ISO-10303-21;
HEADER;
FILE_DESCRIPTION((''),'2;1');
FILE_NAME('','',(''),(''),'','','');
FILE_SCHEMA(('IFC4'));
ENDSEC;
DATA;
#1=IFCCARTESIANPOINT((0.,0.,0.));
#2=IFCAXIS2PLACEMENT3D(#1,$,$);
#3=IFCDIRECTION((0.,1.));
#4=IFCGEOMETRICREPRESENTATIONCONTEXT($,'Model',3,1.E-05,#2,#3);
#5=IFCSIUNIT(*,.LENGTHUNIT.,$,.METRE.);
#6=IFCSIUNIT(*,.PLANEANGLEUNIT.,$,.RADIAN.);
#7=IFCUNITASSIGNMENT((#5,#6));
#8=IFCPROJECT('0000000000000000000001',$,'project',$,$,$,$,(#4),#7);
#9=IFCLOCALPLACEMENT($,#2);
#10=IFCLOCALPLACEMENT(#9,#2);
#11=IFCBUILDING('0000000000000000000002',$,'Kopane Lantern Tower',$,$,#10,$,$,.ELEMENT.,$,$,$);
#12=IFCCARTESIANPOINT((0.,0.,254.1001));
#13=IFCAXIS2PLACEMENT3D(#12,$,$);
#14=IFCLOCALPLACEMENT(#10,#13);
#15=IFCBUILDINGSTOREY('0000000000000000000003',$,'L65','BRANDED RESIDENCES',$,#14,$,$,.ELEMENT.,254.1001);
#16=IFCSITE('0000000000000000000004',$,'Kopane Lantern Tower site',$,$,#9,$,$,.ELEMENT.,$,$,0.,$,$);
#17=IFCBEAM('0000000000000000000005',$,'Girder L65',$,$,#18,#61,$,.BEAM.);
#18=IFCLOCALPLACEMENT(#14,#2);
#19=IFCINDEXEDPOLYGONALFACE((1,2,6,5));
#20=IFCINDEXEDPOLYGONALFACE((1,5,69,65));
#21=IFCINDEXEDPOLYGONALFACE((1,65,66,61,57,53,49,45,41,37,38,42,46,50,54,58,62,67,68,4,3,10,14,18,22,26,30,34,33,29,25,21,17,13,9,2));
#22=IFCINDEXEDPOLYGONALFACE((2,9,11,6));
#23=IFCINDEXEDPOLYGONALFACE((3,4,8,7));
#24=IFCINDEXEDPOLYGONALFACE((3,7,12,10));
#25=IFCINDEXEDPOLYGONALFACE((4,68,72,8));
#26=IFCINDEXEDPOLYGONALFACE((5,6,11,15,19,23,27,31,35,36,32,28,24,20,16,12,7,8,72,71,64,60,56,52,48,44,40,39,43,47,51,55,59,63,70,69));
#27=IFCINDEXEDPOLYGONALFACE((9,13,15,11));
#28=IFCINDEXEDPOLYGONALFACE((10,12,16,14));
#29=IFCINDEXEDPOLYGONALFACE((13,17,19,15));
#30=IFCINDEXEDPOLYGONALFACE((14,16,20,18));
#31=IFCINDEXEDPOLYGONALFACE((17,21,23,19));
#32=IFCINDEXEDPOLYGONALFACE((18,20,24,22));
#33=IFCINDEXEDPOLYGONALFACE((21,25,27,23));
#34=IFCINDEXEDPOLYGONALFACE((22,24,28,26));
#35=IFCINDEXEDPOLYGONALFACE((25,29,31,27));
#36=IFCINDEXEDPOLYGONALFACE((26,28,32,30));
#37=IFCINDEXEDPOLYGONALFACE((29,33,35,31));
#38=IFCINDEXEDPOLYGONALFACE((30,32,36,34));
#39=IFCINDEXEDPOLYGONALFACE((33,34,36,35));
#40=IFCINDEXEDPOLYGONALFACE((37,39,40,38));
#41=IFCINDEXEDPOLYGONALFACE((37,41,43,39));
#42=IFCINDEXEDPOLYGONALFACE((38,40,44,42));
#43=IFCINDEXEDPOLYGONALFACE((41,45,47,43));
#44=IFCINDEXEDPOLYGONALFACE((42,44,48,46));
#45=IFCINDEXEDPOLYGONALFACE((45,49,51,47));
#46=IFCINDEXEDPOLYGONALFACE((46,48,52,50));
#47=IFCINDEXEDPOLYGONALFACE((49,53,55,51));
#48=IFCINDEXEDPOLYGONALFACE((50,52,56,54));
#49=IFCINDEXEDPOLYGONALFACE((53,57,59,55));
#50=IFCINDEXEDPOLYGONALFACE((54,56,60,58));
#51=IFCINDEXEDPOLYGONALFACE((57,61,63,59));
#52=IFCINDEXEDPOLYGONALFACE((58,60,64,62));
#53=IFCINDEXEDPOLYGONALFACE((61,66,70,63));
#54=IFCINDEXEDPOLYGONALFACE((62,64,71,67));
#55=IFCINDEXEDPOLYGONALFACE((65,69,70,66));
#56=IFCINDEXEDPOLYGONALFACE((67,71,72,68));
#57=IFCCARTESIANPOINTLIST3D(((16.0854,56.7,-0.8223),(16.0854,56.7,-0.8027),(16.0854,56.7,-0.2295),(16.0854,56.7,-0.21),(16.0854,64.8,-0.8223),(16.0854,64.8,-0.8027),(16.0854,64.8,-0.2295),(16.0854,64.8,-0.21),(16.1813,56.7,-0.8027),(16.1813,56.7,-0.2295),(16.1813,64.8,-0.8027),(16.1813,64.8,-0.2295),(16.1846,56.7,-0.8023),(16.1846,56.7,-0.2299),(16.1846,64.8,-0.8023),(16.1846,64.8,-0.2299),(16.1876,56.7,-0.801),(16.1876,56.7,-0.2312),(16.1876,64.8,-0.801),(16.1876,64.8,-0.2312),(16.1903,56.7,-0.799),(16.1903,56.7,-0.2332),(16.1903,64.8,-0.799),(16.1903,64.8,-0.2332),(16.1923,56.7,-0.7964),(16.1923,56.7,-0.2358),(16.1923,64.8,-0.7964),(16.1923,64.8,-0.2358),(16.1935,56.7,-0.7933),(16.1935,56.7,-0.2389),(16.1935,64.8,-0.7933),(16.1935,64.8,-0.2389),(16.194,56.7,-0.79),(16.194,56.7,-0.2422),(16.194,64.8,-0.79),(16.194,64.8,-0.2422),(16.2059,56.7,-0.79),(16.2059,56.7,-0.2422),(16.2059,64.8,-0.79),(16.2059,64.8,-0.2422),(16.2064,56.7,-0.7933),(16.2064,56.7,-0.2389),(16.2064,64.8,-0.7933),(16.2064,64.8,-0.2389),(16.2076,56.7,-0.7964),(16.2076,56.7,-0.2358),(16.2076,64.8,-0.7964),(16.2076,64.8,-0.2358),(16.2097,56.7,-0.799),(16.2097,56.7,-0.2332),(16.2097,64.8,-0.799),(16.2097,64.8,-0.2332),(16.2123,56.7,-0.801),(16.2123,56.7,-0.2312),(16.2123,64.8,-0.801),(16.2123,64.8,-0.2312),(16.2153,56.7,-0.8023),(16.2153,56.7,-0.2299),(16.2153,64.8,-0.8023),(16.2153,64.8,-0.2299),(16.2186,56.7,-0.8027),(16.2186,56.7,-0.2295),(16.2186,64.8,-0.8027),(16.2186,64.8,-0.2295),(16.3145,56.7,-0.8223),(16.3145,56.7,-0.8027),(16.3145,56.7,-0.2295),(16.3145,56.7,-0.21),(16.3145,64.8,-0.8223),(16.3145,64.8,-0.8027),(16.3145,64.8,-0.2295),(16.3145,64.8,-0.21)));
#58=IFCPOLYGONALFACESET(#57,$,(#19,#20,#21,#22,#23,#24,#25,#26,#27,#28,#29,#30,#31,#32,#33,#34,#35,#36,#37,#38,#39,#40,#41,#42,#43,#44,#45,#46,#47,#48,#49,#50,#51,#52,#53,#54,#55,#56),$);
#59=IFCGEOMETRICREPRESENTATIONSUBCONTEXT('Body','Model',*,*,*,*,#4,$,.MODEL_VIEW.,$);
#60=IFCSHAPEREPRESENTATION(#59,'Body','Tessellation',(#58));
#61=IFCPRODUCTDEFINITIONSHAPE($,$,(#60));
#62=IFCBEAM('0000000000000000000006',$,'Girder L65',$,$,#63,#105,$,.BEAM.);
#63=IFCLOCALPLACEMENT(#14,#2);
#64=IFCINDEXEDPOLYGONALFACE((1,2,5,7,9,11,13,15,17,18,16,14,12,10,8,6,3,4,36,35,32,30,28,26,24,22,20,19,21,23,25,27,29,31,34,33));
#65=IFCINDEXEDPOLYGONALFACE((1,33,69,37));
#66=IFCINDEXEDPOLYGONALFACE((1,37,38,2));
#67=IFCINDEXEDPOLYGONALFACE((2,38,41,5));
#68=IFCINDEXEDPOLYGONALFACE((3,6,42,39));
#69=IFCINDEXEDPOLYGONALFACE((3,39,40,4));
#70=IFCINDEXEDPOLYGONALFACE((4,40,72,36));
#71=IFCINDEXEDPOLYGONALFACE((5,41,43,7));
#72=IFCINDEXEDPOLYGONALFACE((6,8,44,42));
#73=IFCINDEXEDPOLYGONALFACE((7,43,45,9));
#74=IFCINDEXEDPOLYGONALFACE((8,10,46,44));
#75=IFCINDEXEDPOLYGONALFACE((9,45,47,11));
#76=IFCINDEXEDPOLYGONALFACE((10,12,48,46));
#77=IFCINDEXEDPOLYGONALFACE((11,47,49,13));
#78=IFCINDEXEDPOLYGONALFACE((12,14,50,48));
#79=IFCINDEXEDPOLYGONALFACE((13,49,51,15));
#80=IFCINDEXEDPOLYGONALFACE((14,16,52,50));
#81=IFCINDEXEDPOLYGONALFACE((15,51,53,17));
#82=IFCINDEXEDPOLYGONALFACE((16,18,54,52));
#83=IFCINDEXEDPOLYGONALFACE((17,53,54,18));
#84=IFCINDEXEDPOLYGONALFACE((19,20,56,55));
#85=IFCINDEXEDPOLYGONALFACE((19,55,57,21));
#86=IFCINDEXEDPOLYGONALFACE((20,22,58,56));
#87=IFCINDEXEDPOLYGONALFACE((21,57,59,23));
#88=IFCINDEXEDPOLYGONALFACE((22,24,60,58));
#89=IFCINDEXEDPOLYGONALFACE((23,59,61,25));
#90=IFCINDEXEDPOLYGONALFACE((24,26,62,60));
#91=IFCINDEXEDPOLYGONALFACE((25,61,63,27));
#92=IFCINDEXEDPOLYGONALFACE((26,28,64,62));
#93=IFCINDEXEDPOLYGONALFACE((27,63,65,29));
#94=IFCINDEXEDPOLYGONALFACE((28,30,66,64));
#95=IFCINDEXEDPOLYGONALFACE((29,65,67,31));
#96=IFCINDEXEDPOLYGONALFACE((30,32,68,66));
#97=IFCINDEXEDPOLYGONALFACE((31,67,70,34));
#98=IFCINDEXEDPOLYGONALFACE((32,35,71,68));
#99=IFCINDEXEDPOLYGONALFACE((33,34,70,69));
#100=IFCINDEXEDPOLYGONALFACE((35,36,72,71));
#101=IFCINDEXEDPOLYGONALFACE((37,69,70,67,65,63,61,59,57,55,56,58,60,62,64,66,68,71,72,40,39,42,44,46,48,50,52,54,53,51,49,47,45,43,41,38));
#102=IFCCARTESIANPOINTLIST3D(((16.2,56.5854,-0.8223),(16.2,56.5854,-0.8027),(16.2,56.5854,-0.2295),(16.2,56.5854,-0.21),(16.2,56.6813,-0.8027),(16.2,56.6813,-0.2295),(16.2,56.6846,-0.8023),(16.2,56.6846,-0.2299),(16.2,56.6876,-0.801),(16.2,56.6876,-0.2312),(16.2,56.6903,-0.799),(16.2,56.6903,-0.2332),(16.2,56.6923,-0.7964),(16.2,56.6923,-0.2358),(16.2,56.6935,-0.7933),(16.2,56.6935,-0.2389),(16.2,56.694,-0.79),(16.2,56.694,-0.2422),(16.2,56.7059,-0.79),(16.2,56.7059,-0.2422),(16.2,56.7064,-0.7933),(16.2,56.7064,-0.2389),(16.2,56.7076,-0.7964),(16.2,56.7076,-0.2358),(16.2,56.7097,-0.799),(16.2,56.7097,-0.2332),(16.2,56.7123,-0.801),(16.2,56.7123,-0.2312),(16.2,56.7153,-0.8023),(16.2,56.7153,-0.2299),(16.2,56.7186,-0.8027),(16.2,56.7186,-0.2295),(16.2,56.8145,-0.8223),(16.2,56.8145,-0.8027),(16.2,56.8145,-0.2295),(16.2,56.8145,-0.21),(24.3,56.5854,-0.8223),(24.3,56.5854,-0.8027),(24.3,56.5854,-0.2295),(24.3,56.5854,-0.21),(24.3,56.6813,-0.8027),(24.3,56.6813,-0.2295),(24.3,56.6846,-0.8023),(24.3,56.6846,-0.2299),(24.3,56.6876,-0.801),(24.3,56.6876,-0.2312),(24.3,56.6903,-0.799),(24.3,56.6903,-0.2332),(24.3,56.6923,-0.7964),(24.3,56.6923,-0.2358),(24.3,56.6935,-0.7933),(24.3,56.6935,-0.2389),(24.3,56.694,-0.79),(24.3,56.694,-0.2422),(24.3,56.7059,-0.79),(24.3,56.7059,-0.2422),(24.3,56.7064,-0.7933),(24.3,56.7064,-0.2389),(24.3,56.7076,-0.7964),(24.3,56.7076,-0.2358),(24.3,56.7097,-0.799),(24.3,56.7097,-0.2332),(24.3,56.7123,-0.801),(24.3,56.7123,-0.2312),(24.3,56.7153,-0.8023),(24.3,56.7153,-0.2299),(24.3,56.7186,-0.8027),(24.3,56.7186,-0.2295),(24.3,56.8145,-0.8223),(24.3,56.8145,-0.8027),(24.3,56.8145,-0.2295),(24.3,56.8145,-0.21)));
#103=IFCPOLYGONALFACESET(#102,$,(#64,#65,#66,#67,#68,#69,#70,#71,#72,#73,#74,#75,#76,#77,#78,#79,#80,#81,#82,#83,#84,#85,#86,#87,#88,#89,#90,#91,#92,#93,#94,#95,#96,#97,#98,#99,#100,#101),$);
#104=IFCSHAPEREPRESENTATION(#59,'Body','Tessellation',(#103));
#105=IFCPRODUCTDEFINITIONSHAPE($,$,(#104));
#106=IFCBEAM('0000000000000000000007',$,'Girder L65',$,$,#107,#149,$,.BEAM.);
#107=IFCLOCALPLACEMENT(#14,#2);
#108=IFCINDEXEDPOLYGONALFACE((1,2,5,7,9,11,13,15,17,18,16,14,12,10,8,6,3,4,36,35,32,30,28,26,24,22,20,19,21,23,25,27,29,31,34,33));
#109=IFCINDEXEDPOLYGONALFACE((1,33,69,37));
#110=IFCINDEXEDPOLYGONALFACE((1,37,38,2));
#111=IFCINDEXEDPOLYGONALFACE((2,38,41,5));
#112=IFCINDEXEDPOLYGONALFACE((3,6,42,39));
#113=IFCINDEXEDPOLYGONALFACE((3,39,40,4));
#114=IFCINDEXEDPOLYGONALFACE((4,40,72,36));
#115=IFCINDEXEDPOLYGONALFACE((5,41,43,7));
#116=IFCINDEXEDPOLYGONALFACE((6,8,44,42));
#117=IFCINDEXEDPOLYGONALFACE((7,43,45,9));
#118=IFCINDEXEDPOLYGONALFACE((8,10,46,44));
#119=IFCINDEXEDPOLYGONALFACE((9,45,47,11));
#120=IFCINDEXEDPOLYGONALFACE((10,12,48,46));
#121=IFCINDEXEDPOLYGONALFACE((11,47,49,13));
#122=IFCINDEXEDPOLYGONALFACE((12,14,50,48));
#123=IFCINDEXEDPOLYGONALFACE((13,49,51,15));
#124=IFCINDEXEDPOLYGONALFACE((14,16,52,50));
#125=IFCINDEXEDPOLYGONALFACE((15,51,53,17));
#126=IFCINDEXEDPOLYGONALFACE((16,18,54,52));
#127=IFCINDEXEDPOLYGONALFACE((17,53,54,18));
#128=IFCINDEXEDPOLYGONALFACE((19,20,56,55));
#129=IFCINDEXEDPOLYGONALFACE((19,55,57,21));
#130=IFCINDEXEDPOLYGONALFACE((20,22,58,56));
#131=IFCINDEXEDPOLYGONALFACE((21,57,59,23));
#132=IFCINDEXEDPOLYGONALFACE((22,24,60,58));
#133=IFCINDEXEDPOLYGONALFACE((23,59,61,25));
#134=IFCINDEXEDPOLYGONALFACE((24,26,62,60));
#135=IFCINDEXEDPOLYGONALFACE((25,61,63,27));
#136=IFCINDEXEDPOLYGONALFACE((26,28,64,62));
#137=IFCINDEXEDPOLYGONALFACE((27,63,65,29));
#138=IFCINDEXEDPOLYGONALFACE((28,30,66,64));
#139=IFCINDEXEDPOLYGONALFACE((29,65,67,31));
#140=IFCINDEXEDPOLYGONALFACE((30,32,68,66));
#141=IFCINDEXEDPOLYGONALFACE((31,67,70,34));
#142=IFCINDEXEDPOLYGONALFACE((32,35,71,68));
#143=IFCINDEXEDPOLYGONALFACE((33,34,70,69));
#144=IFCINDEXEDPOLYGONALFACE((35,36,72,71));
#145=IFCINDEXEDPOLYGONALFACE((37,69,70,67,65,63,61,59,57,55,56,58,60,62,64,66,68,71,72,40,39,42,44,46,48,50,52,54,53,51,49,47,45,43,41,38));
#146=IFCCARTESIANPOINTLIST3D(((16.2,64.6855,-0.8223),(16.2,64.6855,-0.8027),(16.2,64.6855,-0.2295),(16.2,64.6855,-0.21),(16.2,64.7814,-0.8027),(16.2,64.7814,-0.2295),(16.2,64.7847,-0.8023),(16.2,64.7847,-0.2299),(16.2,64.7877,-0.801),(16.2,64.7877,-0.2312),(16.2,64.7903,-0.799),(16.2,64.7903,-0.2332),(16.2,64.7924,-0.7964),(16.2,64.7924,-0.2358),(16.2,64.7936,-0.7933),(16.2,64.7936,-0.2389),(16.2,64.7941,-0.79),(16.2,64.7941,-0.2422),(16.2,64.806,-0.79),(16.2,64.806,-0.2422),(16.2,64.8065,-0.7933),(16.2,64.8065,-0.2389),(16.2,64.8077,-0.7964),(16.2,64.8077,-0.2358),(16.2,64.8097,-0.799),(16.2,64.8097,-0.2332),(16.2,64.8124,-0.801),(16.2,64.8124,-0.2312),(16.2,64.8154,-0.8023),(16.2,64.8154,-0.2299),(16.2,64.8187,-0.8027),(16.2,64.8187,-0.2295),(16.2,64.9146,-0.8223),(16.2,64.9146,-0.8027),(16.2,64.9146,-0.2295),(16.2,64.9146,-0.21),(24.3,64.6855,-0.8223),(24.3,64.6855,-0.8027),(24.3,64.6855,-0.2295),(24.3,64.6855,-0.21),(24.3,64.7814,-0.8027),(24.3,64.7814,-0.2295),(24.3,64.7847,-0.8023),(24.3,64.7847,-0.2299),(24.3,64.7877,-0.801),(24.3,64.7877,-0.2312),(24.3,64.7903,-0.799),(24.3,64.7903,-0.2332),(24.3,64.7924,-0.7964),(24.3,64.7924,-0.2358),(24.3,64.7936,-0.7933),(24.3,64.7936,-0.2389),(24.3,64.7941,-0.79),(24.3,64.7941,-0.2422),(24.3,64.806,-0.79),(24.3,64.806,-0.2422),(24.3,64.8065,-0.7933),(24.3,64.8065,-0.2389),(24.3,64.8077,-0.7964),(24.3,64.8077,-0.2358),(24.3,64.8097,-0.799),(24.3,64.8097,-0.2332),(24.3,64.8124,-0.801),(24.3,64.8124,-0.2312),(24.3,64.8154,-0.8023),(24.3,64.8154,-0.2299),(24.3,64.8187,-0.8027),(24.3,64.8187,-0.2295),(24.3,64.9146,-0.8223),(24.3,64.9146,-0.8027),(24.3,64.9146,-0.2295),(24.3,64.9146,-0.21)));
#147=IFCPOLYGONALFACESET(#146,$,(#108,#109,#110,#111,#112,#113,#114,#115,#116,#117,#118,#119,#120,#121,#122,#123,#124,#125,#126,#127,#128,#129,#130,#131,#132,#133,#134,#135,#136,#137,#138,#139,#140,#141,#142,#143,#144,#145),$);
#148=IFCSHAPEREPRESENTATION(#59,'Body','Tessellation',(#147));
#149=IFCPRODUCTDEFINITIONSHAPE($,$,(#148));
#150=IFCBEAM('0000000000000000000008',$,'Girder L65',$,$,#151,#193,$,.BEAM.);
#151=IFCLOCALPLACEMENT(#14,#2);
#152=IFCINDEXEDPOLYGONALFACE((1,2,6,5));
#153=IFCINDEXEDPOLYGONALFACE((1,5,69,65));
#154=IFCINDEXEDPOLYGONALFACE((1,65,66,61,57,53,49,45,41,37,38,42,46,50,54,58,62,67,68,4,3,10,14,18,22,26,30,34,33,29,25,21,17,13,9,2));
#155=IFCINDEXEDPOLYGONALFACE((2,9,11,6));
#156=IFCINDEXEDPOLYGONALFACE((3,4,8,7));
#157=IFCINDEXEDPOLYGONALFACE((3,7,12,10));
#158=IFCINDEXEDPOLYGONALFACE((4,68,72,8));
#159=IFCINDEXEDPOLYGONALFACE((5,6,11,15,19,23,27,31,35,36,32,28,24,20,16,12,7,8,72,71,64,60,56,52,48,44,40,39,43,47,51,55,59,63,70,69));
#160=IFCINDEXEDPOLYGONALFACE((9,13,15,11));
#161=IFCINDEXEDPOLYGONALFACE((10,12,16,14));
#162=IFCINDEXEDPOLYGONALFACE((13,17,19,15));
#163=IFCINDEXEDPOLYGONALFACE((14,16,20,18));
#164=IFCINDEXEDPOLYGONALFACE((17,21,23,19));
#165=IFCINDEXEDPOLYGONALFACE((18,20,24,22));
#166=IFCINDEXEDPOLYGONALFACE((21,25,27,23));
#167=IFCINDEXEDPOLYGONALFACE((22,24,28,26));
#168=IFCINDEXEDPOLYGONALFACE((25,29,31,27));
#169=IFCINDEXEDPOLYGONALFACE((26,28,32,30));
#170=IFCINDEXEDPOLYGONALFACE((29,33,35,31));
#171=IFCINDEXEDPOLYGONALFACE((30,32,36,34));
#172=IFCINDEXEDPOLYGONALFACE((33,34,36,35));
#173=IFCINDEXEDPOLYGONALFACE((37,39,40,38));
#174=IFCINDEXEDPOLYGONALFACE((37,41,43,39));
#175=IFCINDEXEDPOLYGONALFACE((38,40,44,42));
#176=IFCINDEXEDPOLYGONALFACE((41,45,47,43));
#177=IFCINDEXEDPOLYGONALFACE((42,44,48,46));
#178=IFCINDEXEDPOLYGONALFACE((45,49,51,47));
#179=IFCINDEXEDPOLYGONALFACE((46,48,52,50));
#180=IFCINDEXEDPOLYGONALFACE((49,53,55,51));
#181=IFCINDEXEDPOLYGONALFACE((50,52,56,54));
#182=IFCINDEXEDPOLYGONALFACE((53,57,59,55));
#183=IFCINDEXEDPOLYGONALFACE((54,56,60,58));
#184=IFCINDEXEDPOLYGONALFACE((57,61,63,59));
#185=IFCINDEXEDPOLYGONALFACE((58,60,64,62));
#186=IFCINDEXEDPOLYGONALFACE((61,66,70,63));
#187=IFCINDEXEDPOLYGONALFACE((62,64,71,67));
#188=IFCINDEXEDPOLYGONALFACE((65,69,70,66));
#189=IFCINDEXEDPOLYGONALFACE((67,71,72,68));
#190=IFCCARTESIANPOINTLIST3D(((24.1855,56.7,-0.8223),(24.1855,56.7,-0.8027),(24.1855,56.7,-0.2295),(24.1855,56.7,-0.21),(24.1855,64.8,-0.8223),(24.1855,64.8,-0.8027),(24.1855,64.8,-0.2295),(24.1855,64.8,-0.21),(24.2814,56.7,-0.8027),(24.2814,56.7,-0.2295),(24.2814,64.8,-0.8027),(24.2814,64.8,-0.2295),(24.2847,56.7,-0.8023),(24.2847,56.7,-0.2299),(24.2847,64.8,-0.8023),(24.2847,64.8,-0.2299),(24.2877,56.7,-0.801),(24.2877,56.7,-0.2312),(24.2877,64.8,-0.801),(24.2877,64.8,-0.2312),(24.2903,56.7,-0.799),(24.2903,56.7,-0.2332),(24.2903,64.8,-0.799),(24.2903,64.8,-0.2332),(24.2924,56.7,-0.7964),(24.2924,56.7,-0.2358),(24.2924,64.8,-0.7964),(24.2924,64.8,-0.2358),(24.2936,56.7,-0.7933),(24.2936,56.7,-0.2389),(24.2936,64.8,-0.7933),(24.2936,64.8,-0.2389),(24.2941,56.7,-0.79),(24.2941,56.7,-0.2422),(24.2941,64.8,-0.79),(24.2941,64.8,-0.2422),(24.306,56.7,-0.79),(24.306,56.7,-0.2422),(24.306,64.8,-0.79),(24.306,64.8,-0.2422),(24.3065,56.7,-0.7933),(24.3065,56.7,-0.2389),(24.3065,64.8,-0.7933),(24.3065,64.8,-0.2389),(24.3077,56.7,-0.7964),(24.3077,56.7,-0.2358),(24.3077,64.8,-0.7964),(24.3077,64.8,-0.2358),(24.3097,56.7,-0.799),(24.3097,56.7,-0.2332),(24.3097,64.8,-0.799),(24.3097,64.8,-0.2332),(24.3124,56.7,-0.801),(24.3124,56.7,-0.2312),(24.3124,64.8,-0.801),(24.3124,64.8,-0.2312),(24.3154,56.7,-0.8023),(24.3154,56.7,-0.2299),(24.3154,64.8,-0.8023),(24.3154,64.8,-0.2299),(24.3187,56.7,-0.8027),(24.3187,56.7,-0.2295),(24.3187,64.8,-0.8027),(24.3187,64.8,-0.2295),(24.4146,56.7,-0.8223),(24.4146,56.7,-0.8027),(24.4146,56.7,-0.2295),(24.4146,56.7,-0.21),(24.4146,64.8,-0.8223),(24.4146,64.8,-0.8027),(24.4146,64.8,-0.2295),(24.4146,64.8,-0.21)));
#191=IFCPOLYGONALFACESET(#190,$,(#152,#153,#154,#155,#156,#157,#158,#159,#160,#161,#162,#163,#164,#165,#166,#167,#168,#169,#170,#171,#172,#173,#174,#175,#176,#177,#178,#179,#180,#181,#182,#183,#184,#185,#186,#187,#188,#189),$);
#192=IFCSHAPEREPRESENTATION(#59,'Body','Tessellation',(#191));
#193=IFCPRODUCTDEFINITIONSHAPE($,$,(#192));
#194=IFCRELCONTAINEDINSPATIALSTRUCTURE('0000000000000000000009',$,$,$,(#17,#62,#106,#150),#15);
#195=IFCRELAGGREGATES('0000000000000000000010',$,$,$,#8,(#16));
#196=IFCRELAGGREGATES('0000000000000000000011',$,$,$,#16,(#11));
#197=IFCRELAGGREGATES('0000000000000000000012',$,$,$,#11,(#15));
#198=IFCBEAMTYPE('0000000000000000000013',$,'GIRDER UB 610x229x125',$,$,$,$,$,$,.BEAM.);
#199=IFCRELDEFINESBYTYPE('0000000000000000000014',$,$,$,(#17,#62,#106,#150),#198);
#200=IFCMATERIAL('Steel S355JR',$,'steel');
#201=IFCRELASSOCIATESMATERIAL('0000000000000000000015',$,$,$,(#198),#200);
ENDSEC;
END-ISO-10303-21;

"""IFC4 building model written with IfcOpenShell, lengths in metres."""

from ifc_helpers import new_model, si_unit, direction, frame, origin, origin_2d, place, context, subcontext, project, spatial, i_section, extrude, material, material_profile, profile_set, type_object, element, save


model = new_model("IFC4")

# Units and contexts
model_context = context("Model", 3, precision=1e-05, world=origin(), true_north=direction((0.0, 1.0)))
body_context = subcontext(model_context, "Body", "Model", "MODEL_VIEW")
ifc_project = project(units=[si_unit("LENGTHUNIT", "METRE"), si_unit("PLANEANGLEUNIT", "RADIAN")], contexts=[model_context])

# Site, building, storey
site_placement = place(None, origin())
site = spatial("IfcSite", under=ifc_project, at=site_placement, Name="Kopane Lantern Tower site", CompositionType="ELEMENT", RefElevation=0.0)
building_placement = place(site_placement, origin())
building = spatial("IfcBuilding", under=site, at=building_placement, Name="Kopane Lantern Tower", CompositionType="ELEMENT")
storey_placement = place(building_placement, frame((0.0, 0.0, 254.1001)))
storey = spatial("IfcBuildingStorey", under=building, at=storey_placement, Name="L65", Description="BRANDED RESIDENCES", CompositionType="ELEMENT", Elevation=254.1001)

# Beams
ifc_material_1 = material(Name="Steel S355JR", Category="steel")
ifc_material_profile_1 = material_profile(ifc_material_1, i_section(OverallWidth=0.229, OverallDepth=0.6123, WebThickness=0.012, FlangeThickness=0.0195, FilletRadius=0.0127, at=origin_2d()), Name="UB 610x229x125")
ifc_profile_set_1 = profile_set([ifc_material_profile_1], Name="Steel S355JR")
beam_type = type_object("IfcBeamType", Name="GIRDER UB 610x229x125", PredefinedType="BEAM", material=ifc_profile_set_1)
for number, where, z_axis, x_axis, name in (
    (1, (16.2, 56.7, -0.5161), (0.0, 1.0, 0.0), (-1.0, 0.0, 0.0), "Girder L65"),
    (2, (16.2, 56.7, -0.5161), (1.0, 0.0, 0.0), (0.0, 1.0, 0.0), "Girder L65"),
    (3, (16.2, 64.8, -0.5161), (1.0, 0.0, 0.0), (0.0, 1.0, 0.0), "Girder L65"),
    (4, (24.3, 56.7, -0.5161), (0.0, 1.0, 0.0), (-1.0, 0.0, 0.0), "Girder L65"),
):
    element("IfcBeam", number, at=place(storey_placement, frame(where, z_axis=z_axis, x_axis=x_axis)), inside=storey, type_object=beam_type, Name=name, PredefinedType="BEAM", context=body_context, shape_type="SweptSolid", body=[
        extrude(i_section(OverallWidth=0.229, OverallDepth=0.6123, WebThickness=0.012, FlangeThickness=0.0195, FilletRadius=0.0127, at=origin_2d()), origin(), (0.0, 0.0, 1.0), 8.1001),
    ])

save(model, "model.ifc")
